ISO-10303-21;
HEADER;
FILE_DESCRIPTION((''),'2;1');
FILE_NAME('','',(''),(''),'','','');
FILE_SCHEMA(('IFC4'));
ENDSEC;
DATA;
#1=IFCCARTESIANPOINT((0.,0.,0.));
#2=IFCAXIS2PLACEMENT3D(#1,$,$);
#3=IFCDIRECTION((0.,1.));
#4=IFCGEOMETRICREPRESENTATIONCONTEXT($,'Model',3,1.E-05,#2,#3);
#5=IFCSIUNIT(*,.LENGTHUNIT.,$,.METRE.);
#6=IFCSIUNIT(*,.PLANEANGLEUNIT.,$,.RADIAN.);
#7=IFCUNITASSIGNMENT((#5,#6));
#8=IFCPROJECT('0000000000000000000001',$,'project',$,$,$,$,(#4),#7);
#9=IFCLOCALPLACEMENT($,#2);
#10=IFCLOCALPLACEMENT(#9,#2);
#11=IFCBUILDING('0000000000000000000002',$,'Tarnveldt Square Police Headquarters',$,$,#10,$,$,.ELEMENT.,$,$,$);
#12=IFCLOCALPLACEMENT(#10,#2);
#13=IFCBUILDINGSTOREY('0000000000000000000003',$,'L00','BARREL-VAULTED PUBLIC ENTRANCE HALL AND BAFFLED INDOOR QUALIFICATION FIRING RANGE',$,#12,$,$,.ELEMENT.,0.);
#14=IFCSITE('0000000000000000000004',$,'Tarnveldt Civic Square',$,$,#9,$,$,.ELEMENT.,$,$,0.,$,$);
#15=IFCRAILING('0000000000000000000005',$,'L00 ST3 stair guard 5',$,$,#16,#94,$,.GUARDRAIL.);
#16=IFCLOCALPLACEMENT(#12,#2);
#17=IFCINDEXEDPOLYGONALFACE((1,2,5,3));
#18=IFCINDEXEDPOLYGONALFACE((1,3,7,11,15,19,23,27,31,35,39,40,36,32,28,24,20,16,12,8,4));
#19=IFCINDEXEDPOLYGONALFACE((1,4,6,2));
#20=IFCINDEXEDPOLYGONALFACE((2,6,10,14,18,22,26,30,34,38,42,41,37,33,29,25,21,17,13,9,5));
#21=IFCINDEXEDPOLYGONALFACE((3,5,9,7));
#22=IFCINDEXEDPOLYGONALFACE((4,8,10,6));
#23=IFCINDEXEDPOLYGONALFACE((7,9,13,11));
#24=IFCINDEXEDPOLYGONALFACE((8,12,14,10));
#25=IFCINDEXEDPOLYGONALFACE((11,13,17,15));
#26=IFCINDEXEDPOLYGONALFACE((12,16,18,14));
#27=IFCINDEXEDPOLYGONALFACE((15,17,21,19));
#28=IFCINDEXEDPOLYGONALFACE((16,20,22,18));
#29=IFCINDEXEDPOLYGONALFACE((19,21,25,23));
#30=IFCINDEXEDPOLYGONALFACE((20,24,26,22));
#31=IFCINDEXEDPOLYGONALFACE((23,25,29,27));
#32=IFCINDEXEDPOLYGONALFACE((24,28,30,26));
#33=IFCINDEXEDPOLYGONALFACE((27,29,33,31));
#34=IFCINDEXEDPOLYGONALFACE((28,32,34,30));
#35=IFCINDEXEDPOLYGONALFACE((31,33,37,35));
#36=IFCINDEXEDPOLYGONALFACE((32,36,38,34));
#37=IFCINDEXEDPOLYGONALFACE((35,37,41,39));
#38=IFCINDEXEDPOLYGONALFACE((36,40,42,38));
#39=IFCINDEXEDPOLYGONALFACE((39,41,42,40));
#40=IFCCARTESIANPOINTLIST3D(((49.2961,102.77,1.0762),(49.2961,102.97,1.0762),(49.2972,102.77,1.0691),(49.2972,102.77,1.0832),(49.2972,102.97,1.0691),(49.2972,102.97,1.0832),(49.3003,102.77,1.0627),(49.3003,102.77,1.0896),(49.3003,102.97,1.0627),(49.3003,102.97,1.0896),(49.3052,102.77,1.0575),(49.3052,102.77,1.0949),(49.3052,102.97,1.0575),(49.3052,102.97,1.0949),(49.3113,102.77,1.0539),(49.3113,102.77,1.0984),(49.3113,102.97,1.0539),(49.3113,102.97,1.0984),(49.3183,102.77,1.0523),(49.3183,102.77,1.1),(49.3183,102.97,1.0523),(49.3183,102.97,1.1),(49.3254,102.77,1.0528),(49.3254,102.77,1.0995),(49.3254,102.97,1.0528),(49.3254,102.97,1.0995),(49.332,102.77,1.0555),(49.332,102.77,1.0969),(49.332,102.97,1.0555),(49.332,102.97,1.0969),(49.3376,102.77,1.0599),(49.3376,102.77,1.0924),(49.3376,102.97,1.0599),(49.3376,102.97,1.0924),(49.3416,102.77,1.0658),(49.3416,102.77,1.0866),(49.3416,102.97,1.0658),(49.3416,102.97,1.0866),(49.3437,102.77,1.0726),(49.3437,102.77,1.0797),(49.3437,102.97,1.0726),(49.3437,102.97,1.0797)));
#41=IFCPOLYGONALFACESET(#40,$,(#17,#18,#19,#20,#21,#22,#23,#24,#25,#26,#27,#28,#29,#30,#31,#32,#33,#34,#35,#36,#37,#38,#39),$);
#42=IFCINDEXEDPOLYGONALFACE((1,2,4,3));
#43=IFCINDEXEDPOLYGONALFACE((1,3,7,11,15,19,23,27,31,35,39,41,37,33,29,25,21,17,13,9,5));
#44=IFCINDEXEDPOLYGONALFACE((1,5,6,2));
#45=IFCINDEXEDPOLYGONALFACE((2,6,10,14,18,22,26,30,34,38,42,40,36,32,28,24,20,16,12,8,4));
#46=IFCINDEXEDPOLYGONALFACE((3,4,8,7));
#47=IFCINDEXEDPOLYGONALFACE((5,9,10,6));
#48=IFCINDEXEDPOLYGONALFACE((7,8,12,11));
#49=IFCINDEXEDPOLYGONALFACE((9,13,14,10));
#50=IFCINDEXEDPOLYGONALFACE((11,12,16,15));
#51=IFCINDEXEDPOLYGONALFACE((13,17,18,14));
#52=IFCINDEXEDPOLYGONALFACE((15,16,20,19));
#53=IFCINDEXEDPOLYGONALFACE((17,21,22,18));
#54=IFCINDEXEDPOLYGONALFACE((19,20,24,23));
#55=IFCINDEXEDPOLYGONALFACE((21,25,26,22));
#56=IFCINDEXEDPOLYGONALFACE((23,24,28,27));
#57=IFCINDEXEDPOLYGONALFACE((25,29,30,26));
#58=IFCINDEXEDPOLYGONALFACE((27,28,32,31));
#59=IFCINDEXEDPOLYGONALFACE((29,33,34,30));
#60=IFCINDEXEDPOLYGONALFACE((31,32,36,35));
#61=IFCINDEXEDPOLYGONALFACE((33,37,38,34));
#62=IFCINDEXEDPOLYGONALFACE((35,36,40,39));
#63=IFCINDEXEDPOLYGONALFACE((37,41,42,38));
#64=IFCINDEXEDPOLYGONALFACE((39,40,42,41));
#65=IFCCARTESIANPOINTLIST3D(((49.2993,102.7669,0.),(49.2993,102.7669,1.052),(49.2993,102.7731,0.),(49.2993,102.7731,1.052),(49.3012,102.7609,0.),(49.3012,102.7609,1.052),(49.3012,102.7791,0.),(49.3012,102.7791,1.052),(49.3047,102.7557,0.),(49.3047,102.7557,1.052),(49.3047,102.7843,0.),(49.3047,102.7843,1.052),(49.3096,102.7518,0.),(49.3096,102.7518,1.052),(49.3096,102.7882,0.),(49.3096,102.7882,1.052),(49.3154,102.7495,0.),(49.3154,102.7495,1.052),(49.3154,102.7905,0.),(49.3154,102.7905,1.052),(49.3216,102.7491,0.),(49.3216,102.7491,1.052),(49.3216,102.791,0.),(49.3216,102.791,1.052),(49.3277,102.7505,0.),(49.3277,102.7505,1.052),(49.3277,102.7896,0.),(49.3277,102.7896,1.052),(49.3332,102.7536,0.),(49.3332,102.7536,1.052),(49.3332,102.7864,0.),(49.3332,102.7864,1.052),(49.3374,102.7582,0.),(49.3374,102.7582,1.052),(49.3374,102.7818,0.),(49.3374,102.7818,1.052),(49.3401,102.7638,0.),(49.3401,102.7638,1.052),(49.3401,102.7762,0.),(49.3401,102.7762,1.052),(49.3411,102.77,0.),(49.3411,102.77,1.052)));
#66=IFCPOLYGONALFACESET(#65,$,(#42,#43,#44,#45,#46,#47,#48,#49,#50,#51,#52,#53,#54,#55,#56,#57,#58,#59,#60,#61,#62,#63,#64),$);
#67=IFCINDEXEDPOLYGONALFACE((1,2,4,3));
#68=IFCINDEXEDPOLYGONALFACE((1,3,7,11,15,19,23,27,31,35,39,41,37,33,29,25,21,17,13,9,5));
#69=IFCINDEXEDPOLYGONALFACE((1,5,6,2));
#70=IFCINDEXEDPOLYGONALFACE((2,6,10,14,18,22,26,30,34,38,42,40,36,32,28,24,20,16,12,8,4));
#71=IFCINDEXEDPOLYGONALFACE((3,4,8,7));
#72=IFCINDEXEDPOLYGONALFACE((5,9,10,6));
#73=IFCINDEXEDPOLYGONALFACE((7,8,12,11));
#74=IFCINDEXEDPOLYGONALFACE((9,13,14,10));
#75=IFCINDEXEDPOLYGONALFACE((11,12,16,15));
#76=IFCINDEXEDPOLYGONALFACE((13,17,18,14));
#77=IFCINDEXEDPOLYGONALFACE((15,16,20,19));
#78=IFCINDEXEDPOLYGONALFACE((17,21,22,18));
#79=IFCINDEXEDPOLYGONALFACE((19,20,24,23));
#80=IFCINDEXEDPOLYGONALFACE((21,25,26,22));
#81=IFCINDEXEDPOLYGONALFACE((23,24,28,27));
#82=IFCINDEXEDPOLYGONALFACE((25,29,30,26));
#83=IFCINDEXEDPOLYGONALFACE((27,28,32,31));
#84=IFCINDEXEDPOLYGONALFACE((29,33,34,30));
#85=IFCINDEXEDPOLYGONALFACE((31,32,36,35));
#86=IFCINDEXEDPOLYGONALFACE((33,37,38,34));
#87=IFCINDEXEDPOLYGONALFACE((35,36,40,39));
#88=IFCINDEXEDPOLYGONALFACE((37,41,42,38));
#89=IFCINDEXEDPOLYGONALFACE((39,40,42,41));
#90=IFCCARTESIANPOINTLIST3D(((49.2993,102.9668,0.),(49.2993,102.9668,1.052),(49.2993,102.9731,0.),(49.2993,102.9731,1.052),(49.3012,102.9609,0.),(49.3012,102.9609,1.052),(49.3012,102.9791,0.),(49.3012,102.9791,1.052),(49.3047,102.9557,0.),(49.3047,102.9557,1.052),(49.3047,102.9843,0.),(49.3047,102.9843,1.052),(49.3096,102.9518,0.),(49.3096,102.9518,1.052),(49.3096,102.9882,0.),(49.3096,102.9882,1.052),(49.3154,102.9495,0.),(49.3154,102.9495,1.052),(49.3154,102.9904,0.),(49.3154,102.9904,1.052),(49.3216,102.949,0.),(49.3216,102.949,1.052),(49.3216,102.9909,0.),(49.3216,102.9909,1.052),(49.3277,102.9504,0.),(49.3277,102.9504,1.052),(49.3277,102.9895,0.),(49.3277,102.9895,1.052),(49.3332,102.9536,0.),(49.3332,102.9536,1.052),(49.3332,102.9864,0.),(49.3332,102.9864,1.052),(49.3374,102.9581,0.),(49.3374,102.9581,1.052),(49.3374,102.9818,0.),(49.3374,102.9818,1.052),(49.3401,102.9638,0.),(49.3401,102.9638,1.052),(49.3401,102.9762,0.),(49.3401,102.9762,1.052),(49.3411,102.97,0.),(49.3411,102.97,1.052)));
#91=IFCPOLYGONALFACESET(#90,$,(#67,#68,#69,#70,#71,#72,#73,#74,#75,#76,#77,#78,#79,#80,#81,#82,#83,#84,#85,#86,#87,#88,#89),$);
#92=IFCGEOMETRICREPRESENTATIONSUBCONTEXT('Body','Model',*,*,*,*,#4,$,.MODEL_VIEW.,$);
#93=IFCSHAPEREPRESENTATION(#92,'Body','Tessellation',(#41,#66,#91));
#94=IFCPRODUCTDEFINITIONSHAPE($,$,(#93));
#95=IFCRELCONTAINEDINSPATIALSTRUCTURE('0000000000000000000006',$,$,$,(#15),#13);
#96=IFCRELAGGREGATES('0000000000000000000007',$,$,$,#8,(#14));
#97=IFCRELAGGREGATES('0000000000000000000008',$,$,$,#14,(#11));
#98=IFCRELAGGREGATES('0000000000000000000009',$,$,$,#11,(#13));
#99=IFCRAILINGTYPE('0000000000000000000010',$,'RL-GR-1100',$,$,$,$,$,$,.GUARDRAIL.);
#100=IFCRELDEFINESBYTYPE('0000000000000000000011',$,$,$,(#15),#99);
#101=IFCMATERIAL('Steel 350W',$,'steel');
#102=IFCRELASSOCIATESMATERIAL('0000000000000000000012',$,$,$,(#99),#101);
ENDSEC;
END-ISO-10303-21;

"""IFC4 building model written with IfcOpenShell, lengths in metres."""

from ifc_helpers import new_model, si_unit, direction, frame, origin, origin_2d, place, context, subcontext, project, spatial, circle, extrude, material, type_object, element, save


model = new_model("IFC4")

# Units and contexts
model_context = context("Model", 3, precision=1e-05, world=origin(), true_north=direction((0.0, 1.0)))
body_context = subcontext(model_context, "Body", "Model", "MODEL_VIEW")
ifc_project = project(units=[si_unit("LENGTHUNIT", "METRE"), si_unit("PLANEANGLEUNIT", "RADIAN")], contexts=[model_context])

# Site, building, storey
site_placement = place(None, origin())
site = spatial("IfcSite", under=ifc_project, at=site_placement, Name="Tarnveldt Civic Square", CompositionType="ELEMENT", RefElevation=0.0)
building_placement = place(site_placement, origin())
building = spatial("IfcBuilding", under=site, at=building_placement, Name="Tarnveldt Square Police Headquarters", CompositionType="ELEMENT")
storey_placement = place(building_placement, origin())
storey = spatial("IfcBuildingStorey", under=building, at=storey_placement, Name="L00", Description="BARREL-VAULTED PUBLIC ENTRANCE HALL AND BAFFLED INDOOR QUALIFICATION FIRING RANGE", CompositionType="ELEMENT", Elevation=0.0)

# Railing
ifc_material_1 = material(Name="Steel 350W", Category="steel")
railing_type_1 = type_object("IfcRailingType", Name="RL-GR-1100", PredefinedType="GUARDRAIL", material=ifc_material_1)
railing_1_placement = place(storey_placement, frame((49.3201, 102.77, 0.0)))
element("IfcRailing", 1, at=railing_1_placement, inside=storey, type_object=railing_type_1, Name="L00 ST3 stair guard 5", PredefinedType="GUARDRAIL", context=body_context, shape_type="SweptSolid", body=[
    extrude(circle(Radius=0.0239, at=origin_2d()), frame((0.0, 0.0, 1.0762), z_axis=(0.0, 1.0, 0.0), x_axis=(-1.0, 0.0, 0.0)), (0.0, 0.0, 1.0), 0.2),
    extrude(circle(Radius=0.021, at=origin_2d()), origin(), (0.0, 0.0, 1.0), 1.052),
    extrude(circle(Radius=0.021, at=origin_2d()), frame((0.0, 0.2, 0.0)), (0.0, 0.0, 1.0), 1.052),
])

save(model, "model.ifc")
